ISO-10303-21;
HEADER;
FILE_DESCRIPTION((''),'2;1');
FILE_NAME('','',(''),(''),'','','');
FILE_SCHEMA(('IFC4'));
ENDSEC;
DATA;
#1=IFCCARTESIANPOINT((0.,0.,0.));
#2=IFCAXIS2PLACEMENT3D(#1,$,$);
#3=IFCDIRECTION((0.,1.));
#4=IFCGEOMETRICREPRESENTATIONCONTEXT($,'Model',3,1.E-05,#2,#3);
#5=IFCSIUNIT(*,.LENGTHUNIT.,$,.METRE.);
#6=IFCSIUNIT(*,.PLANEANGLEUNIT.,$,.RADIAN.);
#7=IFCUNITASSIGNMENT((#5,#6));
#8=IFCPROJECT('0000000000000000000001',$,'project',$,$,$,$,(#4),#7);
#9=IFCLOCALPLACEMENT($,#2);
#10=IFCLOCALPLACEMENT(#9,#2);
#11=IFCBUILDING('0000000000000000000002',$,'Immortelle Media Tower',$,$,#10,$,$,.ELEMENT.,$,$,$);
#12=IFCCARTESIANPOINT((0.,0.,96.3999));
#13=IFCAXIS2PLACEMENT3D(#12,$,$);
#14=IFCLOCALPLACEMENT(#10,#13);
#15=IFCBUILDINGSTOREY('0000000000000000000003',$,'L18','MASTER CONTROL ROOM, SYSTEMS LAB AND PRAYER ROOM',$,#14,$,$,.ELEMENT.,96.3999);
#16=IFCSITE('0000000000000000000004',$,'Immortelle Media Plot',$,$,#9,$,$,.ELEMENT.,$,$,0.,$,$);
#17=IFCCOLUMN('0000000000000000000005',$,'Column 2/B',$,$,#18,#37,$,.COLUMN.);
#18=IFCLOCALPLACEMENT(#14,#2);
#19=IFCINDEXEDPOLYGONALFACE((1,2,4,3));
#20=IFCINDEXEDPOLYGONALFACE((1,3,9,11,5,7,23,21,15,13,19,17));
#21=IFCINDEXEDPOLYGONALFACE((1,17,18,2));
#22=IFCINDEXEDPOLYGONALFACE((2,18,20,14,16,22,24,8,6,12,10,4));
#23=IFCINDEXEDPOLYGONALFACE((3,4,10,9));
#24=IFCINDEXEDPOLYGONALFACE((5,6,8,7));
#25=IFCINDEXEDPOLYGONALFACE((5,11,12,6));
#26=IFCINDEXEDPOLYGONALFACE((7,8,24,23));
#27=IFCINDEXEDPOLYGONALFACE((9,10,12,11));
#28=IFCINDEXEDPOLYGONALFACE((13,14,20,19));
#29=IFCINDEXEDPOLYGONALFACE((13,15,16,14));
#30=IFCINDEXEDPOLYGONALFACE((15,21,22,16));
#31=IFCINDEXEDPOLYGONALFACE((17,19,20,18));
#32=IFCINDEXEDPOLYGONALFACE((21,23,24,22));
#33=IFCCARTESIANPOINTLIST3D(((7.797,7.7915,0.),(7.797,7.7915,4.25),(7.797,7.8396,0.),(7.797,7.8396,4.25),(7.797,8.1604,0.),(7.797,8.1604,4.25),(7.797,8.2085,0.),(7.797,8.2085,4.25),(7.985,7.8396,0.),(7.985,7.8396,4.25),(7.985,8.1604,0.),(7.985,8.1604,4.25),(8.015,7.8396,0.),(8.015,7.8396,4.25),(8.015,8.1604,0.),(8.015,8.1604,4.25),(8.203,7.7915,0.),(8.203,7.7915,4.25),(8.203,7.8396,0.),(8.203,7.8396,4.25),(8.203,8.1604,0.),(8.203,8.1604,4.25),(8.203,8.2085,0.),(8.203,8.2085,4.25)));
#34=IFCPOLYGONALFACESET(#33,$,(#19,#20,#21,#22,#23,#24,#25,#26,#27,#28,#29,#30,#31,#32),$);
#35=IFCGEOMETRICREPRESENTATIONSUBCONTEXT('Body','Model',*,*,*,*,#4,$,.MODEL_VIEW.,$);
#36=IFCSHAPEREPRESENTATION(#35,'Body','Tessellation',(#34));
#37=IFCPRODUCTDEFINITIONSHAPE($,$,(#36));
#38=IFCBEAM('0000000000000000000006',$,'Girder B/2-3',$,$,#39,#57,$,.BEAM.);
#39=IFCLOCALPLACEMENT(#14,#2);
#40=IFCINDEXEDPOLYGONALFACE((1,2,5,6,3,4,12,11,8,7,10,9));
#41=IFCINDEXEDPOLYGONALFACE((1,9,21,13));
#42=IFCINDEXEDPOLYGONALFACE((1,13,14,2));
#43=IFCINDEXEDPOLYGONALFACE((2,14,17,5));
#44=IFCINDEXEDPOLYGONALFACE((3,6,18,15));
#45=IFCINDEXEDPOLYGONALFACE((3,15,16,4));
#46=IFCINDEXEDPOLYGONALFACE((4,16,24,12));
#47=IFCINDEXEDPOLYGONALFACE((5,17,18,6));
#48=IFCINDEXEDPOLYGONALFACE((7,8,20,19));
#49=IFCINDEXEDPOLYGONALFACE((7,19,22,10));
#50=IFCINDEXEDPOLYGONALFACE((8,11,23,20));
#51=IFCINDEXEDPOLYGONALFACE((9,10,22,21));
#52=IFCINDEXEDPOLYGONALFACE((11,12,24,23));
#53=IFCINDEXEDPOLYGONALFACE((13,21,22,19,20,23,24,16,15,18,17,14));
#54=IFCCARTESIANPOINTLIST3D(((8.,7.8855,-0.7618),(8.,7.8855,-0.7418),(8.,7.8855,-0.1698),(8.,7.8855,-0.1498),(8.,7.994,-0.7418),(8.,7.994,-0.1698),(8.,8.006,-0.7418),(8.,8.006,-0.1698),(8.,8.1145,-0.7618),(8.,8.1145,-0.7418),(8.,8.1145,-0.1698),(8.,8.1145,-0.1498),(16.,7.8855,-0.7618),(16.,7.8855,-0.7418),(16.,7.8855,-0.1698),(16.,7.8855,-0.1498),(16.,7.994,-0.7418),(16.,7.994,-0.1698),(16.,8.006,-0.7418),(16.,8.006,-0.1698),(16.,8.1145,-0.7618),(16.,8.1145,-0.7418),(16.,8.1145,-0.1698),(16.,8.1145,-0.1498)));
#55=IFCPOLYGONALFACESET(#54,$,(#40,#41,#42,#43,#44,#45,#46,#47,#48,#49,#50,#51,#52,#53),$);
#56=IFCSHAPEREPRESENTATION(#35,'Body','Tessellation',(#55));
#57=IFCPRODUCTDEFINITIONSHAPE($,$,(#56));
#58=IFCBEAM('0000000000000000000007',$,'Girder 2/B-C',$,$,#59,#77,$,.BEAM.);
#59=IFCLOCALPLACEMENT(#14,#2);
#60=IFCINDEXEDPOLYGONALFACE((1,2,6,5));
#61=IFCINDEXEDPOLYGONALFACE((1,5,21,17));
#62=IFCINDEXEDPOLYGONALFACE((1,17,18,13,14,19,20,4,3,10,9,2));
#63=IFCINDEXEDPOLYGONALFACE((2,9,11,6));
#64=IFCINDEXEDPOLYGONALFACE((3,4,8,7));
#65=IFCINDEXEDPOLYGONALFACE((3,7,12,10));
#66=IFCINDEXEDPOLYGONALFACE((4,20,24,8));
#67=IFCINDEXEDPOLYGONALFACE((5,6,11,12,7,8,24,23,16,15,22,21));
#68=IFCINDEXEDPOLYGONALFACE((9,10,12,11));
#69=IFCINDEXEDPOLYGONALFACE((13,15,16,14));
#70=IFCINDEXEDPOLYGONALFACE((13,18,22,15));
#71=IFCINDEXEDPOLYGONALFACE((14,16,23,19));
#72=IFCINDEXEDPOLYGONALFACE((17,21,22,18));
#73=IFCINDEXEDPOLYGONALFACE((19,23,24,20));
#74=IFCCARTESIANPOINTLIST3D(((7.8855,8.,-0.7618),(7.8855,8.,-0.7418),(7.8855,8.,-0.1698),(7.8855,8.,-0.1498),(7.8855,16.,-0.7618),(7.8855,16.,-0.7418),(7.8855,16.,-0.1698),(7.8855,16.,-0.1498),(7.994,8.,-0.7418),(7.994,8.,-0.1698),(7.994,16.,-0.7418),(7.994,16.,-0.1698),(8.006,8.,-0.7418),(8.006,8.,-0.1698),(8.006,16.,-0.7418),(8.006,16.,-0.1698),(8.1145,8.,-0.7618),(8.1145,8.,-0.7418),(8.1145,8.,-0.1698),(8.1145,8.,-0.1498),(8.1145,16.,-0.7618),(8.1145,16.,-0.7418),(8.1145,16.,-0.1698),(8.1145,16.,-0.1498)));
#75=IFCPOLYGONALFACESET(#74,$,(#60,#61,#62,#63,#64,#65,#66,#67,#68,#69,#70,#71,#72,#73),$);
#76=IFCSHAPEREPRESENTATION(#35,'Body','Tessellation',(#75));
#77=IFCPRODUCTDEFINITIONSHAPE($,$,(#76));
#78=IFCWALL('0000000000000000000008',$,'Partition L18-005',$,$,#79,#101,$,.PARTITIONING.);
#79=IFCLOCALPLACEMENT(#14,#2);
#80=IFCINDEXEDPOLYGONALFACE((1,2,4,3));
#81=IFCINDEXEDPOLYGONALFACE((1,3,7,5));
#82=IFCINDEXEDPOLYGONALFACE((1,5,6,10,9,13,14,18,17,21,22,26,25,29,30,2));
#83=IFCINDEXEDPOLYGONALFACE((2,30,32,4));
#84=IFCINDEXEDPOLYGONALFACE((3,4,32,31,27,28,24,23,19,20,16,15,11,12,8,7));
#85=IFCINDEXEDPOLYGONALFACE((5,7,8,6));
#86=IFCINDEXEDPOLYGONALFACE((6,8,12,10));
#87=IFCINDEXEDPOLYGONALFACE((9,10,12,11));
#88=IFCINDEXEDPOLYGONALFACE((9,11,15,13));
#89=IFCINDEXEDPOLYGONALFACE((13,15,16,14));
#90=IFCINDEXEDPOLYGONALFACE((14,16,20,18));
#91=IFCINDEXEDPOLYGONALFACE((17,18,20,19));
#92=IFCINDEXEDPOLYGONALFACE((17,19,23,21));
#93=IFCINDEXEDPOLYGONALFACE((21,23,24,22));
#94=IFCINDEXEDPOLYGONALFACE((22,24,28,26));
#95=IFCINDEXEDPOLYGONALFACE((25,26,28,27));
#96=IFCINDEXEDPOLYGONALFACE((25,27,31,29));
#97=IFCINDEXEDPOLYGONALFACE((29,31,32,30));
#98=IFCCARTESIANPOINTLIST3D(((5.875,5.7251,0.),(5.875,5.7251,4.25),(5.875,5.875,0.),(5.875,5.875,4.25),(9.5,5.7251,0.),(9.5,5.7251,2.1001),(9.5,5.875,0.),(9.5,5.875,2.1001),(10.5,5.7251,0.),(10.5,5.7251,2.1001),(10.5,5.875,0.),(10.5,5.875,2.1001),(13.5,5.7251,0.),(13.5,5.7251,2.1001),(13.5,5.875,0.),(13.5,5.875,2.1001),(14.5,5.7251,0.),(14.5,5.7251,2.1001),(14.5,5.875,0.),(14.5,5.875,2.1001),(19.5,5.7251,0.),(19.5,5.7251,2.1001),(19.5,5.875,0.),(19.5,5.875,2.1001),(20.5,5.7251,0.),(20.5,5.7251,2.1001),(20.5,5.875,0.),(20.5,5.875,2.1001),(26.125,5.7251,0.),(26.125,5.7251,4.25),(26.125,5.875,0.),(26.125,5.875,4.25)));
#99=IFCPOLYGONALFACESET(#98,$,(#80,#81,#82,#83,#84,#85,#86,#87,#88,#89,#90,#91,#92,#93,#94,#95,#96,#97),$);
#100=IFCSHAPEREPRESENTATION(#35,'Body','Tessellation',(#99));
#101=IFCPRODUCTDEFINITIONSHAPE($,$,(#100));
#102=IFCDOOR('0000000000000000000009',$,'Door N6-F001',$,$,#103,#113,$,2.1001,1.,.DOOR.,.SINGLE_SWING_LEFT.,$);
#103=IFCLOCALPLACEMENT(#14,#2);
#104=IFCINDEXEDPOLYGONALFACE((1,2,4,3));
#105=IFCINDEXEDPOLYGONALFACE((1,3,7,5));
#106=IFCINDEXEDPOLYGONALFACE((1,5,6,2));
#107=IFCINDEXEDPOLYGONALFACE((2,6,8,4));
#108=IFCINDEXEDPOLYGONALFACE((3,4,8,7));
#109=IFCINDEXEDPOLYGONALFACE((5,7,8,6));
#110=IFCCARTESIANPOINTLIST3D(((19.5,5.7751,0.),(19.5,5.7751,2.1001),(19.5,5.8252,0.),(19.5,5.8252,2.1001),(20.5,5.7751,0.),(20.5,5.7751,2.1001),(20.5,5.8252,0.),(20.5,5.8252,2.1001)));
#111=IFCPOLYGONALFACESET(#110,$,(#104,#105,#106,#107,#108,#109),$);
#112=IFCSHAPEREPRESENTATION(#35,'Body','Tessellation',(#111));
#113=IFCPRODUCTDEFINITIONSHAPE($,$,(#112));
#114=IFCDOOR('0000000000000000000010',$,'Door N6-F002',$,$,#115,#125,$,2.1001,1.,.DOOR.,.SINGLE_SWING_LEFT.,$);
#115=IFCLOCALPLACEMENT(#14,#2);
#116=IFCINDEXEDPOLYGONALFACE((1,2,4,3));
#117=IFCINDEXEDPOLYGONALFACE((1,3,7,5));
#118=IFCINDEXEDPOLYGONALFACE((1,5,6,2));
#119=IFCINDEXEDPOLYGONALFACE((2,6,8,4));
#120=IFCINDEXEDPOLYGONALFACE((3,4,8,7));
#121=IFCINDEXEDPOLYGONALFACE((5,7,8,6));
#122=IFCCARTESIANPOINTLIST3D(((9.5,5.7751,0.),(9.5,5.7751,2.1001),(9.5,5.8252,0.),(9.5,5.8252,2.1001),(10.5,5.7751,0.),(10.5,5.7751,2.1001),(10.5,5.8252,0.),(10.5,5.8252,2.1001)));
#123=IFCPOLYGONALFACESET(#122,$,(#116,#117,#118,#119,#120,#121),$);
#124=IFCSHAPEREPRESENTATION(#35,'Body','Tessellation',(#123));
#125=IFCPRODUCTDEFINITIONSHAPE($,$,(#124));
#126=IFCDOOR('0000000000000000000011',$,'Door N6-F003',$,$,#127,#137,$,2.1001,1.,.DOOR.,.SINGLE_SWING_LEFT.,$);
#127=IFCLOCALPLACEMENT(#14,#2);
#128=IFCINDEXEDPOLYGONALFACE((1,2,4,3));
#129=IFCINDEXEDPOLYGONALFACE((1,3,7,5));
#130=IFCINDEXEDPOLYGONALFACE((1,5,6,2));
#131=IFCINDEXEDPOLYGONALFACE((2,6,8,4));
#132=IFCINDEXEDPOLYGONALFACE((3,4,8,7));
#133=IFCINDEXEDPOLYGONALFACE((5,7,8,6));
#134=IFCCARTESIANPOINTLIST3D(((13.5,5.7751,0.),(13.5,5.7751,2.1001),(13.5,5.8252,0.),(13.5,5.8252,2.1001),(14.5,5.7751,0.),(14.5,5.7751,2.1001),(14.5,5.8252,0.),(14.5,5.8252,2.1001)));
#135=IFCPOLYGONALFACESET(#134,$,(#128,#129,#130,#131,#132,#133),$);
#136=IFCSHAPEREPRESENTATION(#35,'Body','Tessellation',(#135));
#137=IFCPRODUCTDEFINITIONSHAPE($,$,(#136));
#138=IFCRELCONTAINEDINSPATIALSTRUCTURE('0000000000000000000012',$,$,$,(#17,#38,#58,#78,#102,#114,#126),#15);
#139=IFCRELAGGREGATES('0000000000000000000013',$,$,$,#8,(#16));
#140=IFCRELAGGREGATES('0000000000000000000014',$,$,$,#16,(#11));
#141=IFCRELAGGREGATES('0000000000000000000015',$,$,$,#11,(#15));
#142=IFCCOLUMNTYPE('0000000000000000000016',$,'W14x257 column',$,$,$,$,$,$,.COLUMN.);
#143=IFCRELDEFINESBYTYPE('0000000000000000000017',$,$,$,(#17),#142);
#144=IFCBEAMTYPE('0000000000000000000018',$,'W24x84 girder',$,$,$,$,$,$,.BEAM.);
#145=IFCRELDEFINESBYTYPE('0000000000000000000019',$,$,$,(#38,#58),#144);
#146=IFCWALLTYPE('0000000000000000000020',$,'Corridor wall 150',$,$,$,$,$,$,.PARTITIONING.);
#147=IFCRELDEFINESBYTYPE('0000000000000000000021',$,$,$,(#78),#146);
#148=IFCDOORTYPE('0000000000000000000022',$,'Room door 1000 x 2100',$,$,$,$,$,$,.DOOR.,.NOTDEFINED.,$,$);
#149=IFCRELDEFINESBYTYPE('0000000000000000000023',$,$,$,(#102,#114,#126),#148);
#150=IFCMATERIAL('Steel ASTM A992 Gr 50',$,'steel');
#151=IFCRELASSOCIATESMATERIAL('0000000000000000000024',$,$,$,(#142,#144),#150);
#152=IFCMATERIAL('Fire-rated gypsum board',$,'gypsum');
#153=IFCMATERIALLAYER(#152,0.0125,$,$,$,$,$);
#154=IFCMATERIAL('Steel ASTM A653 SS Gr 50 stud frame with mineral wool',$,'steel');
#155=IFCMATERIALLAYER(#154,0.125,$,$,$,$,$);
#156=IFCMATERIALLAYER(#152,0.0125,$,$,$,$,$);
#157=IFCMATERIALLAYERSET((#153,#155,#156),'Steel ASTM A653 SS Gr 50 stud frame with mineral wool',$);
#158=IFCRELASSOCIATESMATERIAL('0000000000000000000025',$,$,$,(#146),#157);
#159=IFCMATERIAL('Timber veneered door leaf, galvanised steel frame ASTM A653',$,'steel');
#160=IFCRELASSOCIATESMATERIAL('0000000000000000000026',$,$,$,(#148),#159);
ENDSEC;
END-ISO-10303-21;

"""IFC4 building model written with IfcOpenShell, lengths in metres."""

from ifc_helpers import new_model, si_unit, direction, frame, frame_2d, origin, origin_2d, place, context, subcontext, project, spatial, rectangle, i_section, extrude, material, layer, layer_set, material_profile, profile_set, type_object, element, fill, save


model = new_model("IFC4")

# Units and contexts
model_context = context("Model", 3, precision=1e-05, world=origin(), true_north=direction((0.0, 1.0)))
body_context = subcontext(model_context, "Body", "Model", "MODEL_VIEW")
ifc_project = project(units=[si_unit("LENGTHUNIT", "METRE"), si_unit("PLANEANGLEUNIT", "RADIAN")], contexts=[model_context])

# Site, building, storey
site_placement = place(None, origin())
site = spatial("IfcSite", under=ifc_project, at=site_placement, Name="Immortelle Media Plot", CompositionType="ELEMENT", RefElevation=0.0)
building_placement = place(site_placement, origin())
building = spatial("IfcBuilding", under=site, at=building_placement, Name="Immortelle Media Tower", CompositionType="ELEMENT")
storey_placement = place(building_placement, frame((0.0, 0.0, 96.3999)))
storey = spatial("IfcBuildingStorey", under=building, at=storey_placement, Name="L18", Description="MASTER CONTROL ROOM, SYSTEMS LAB AND PRAYER ROOM", CompositionType="ELEMENT", Elevation=96.3999)

# Column
ifc_material_1 = material(Name="Steel ASTM A992 Gr 50", Category="steel")
ifc_material_profile_1 = material_profile(ifc_material_1, i_section(OverallWidth=0.406, OverallDepth=0.417, WebThickness=0.03, FlangeThickness=0.0481, at=origin_2d()), Name="W14x257")
ifc_profile_set_1 = profile_set([ifc_material_profile_1], Name="Steel ASTM A992 Gr 50")
column_type = type_object("IfcColumnType", Name="W14x257 column", PredefinedType="COLUMN", material=ifc_profile_set_1)
column_placement = place(storey_placement, frame((8.0, 8.0, 0.0), z_axis=(0.0, 0.0, 1.0), x_axis=(1.0, 0.0, 0.0)))
element("IfcColumn", 1, at=column_placement, inside=storey, type_object=column_type, Name="Column 2/B", PredefinedType="COLUMN", context=body_context, shape_type="SweptSolid", body=[
    extrude(i_section(OverallWidth=0.406, OverallDepth=0.417, WebThickness=0.03, FlangeThickness=0.0481, at=origin_2d()), origin(), (0.0, 0.0, 1.0), 4.25),
])

# Beams
ifc_material_profile_2 = material_profile(ifc_material_1, i_section(OverallWidth=0.229, OverallDepth=0.6121, WebThickness=0.012, FlangeThickness=0.02, at=origin_2d()), Name="W24x84")
ifc_profile_set_2 = profile_set([ifc_material_profile_2], Name="Steel ASTM A992 Gr 50")
beam_type = type_object("IfcBeamType", Name="W24x84 girder", PredefinedType="BEAM", material=ifc_profile_set_2)
for number, where, z_axis, x_axis, name in (
    (2, (8.0, 8.0, -0.4558), (1.0, 0.0, 0.0), (0.0, 1.0, 0.0), "Girder B/2-3"),
    (3, (8.0, 8.0, -0.4558), (0.0, 1.0, 0.0), (-1.0, 0.0, 0.0), "Girder 2/B-C"),
):
    element("IfcBeam", number, at=place(storey_placement, frame(where, z_axis=z_axis, x_axis=x_axis)), inside=storey, type_object=beam_type, Name=name, PredefinedType="BEAM", context=body_context, shape_type="SweptSolid", body=[
        extrude(i_section(OverallWidth=0.229, OverallDepth=0.6121, WebThickness=0.012, FlangeThickness=0.02, at=origin_2d()), origin(), (0.0, 0.0, 1.0), 8.0),
    ])

# Wall, openings, doors
ifc_material_2 = material(Name="Fire-rated gypsum board", Category="gypsum")
ifc_layer_1 = layer(ifc_material_2, 0.0125)
ifc_material_3 = material(Name="Steel ASTM A653 SS Gr 50 stud frame with mineral wool", Category="steel")
ifc_layer_2 = layer(ifc_material_3, 0.125)
ifc_layer_3 = layer(ifc_material_2, 0.0125)
ifc_layer_set_1 = layer_set([ifc_layer_1, ifc_layer_2, ifc_layer_3], Name="Steel ASTM A653 SS Gr 50 stud frame with mineral wool")
wall_type_1 = type_object("IfcWallType", Name="Corridor wall 150", PredefinedType="PARTITIONING", material=ifc_layer_set_1)
wall_1_placement = place(storey_placement, frame((5.875, 5.8, 0.0), z_axis=(0.0, 0.0, 1.0), x_axis=(1.0, 0.0, 0.0)))
wall_1 = element("IfcWall", 4, at=wall_1_placement, inside=storey, type_object=wall_type_1, Name="Partition L18-005", PredefinedType="PARTITIONING", context=body_context, shape_type="SweptSolid", body=[
    extrude(rectangle(XDim=20.25, YDim=0.1499, at=frame_2d((10.125, 0.0))), origin(), (0.0, 0.0, 1.0), 4.25),
])
opening_1_placement = place(wall_1_placement, frame((14.625, 0.0, 0.0), z_axis=(0.0, 0.0, 1.0), x_axis=(-1.0, 0.0, 0.0)))
opening_1 = element("IfcOpeningElement", 5, at=opening_1_placement, cuts=wall_1, PredefinedType="OPENING", context=body_context, shape_type="SweptSolid", body=[
    extrude(rectangle(XDim=1.0, YDim=2.1001, at=frame_2d((0.5, 1.05))), frame((0.0, 0.085, 0.0), z_axis=(0.0, -1.0, 0.0), x_axis=(1.0, 0.0, 0.0)), (0.0, 0.0, 1.0), 0.1699),
])
opening_2_placement = place(wall_1_placement, frame((4.625, 0.0, 0.0), z_axis=(0.0, 0.0, 1.0), x_axis=(-1.0, 0.0, 0.0)))
opening_2 = element("IfcOpeningElement", 6, at=opening_2_placement, cuts=wall_1, PredefinedType="OPENING", context=body_context, shape_type="SweptSolid", body=[
    extrude(rectangle(XDim=1.0, YDim=2.1001, at=frame_2d((0.5, 1.05))), frame((0.0, 0.085, 0.0), z_axis=(0.0, -1.0, 0.0), x_axis=(1.0, 0.0, 0.0)), (0.0, 0.0, 1.0), 0.1699),
])
opening_3_placement = place(wall_1_placement, frame((8.625, 0.0, 0.0), z_axis=(0.0, 0.0, 1.0), x_axis=(-1.0, 0.0, 0.0)))
opening_3 = element("IfcOpeningElement", 7, at=opening_3_placement, cuts=wall_1, PredefinedType="OPENING", context=body_context, shape_type="SweptSolid", body=[
    extrude(rectangle(XDim=1.0, YDim=2.1001, at=frame_2d((0.5, 1.05))), frame((0.0, 0.085, 0.0), z_axis=(0.0, -1.0, 0.0), x_axis=(1.0, 0.0, 0.0)), (0.0, 0.0, 1.0), 0.1699),
])
ifc_material_4 = material(Name="Timber veneered door leaf, galvanised steel frame ASTM A653", Category="steel")
door_type_1 = type_object("IfcDoorType", Name="Room door 1000 x 2100", OperationType="NOTDEFINED", PredefinedType="DOOR", material=ifc_material_4)
door_1_placement = place(opening_1_placement, origin())
door_1 = element("IfcDoor", 8, at=door_1_placement, inside=storey, type_object=door_type_1, Name="Door N6-F001", OperationType="SINGLE_SWING_LEFT", OverallHeight=2.1001, OverallWidth=1.0, PredefinedType="DOOR", context=body_context, shape_type="SweptSolid", body=[
    extrude(rectangle(XDim=1.0, YDim=2.1001, at=frame_2d((0.5, 1.05))), frame((0.0, 0.0249, 0.0), z_axis=(0.0, -1.0, 0.0), x_axis=(1.0, 0.0, 0.0)), (0.0, 0.0, 1.0), 0.05),
])
fill(opening_1, door_1)
door_2_placement = place(opening_2_placement, origin())
door_2 = element("IfcDoor", 9, at=door_2_placement, inside=storey, type_object=door_type_1, Name="Door N6-F002", OperationType="SINGLE_SWING_LEFT", OverallHeight=2.1001, OverallWidth=1.0, PredefinedType="DOOR", context=body_context, shape_type="SweptSolid", body=[
    extrude(rectangle(XDim=1.0, YDim=2.1001, at=frame_2d((0.5, 1.05))), frame((0.0, 0.0249, 0.0), z_axis=(0.0, -1.0, 0.0), x_axis=(1.0, 0.0, 0.0)), (0.0, 0.0, 1.0), 0.05),
])
fill(opening_2, door_2)
door_3_placement = place(opening_3_placement, origin())
door_3 = element("IfcDoor", 10, at=door_3_placement, inside=storey, type_object=door_type_1, Name="Door N6-F003", OperationType="SINGLE_SWING_LEFT", OverallHeight=2.1001, OverallWidth=1.0, PredefinedType="DOOR", context=body_context, shape_type="SweptSolid", body=[
    extrude(rectangle(XDim=1.0, YDim=2.1001, at=frame_2d((0.5, 1.05))), frame((0.0, 0.0249, 0.0), z_axis=(0.0, -1.0, 0.0), x_axis=(1.0, 0.0, 0.0)), (0.0, 0.0, 1.0), 0.05),
])
fill(opening_3, door_3)

save(model, "model.ifc")
